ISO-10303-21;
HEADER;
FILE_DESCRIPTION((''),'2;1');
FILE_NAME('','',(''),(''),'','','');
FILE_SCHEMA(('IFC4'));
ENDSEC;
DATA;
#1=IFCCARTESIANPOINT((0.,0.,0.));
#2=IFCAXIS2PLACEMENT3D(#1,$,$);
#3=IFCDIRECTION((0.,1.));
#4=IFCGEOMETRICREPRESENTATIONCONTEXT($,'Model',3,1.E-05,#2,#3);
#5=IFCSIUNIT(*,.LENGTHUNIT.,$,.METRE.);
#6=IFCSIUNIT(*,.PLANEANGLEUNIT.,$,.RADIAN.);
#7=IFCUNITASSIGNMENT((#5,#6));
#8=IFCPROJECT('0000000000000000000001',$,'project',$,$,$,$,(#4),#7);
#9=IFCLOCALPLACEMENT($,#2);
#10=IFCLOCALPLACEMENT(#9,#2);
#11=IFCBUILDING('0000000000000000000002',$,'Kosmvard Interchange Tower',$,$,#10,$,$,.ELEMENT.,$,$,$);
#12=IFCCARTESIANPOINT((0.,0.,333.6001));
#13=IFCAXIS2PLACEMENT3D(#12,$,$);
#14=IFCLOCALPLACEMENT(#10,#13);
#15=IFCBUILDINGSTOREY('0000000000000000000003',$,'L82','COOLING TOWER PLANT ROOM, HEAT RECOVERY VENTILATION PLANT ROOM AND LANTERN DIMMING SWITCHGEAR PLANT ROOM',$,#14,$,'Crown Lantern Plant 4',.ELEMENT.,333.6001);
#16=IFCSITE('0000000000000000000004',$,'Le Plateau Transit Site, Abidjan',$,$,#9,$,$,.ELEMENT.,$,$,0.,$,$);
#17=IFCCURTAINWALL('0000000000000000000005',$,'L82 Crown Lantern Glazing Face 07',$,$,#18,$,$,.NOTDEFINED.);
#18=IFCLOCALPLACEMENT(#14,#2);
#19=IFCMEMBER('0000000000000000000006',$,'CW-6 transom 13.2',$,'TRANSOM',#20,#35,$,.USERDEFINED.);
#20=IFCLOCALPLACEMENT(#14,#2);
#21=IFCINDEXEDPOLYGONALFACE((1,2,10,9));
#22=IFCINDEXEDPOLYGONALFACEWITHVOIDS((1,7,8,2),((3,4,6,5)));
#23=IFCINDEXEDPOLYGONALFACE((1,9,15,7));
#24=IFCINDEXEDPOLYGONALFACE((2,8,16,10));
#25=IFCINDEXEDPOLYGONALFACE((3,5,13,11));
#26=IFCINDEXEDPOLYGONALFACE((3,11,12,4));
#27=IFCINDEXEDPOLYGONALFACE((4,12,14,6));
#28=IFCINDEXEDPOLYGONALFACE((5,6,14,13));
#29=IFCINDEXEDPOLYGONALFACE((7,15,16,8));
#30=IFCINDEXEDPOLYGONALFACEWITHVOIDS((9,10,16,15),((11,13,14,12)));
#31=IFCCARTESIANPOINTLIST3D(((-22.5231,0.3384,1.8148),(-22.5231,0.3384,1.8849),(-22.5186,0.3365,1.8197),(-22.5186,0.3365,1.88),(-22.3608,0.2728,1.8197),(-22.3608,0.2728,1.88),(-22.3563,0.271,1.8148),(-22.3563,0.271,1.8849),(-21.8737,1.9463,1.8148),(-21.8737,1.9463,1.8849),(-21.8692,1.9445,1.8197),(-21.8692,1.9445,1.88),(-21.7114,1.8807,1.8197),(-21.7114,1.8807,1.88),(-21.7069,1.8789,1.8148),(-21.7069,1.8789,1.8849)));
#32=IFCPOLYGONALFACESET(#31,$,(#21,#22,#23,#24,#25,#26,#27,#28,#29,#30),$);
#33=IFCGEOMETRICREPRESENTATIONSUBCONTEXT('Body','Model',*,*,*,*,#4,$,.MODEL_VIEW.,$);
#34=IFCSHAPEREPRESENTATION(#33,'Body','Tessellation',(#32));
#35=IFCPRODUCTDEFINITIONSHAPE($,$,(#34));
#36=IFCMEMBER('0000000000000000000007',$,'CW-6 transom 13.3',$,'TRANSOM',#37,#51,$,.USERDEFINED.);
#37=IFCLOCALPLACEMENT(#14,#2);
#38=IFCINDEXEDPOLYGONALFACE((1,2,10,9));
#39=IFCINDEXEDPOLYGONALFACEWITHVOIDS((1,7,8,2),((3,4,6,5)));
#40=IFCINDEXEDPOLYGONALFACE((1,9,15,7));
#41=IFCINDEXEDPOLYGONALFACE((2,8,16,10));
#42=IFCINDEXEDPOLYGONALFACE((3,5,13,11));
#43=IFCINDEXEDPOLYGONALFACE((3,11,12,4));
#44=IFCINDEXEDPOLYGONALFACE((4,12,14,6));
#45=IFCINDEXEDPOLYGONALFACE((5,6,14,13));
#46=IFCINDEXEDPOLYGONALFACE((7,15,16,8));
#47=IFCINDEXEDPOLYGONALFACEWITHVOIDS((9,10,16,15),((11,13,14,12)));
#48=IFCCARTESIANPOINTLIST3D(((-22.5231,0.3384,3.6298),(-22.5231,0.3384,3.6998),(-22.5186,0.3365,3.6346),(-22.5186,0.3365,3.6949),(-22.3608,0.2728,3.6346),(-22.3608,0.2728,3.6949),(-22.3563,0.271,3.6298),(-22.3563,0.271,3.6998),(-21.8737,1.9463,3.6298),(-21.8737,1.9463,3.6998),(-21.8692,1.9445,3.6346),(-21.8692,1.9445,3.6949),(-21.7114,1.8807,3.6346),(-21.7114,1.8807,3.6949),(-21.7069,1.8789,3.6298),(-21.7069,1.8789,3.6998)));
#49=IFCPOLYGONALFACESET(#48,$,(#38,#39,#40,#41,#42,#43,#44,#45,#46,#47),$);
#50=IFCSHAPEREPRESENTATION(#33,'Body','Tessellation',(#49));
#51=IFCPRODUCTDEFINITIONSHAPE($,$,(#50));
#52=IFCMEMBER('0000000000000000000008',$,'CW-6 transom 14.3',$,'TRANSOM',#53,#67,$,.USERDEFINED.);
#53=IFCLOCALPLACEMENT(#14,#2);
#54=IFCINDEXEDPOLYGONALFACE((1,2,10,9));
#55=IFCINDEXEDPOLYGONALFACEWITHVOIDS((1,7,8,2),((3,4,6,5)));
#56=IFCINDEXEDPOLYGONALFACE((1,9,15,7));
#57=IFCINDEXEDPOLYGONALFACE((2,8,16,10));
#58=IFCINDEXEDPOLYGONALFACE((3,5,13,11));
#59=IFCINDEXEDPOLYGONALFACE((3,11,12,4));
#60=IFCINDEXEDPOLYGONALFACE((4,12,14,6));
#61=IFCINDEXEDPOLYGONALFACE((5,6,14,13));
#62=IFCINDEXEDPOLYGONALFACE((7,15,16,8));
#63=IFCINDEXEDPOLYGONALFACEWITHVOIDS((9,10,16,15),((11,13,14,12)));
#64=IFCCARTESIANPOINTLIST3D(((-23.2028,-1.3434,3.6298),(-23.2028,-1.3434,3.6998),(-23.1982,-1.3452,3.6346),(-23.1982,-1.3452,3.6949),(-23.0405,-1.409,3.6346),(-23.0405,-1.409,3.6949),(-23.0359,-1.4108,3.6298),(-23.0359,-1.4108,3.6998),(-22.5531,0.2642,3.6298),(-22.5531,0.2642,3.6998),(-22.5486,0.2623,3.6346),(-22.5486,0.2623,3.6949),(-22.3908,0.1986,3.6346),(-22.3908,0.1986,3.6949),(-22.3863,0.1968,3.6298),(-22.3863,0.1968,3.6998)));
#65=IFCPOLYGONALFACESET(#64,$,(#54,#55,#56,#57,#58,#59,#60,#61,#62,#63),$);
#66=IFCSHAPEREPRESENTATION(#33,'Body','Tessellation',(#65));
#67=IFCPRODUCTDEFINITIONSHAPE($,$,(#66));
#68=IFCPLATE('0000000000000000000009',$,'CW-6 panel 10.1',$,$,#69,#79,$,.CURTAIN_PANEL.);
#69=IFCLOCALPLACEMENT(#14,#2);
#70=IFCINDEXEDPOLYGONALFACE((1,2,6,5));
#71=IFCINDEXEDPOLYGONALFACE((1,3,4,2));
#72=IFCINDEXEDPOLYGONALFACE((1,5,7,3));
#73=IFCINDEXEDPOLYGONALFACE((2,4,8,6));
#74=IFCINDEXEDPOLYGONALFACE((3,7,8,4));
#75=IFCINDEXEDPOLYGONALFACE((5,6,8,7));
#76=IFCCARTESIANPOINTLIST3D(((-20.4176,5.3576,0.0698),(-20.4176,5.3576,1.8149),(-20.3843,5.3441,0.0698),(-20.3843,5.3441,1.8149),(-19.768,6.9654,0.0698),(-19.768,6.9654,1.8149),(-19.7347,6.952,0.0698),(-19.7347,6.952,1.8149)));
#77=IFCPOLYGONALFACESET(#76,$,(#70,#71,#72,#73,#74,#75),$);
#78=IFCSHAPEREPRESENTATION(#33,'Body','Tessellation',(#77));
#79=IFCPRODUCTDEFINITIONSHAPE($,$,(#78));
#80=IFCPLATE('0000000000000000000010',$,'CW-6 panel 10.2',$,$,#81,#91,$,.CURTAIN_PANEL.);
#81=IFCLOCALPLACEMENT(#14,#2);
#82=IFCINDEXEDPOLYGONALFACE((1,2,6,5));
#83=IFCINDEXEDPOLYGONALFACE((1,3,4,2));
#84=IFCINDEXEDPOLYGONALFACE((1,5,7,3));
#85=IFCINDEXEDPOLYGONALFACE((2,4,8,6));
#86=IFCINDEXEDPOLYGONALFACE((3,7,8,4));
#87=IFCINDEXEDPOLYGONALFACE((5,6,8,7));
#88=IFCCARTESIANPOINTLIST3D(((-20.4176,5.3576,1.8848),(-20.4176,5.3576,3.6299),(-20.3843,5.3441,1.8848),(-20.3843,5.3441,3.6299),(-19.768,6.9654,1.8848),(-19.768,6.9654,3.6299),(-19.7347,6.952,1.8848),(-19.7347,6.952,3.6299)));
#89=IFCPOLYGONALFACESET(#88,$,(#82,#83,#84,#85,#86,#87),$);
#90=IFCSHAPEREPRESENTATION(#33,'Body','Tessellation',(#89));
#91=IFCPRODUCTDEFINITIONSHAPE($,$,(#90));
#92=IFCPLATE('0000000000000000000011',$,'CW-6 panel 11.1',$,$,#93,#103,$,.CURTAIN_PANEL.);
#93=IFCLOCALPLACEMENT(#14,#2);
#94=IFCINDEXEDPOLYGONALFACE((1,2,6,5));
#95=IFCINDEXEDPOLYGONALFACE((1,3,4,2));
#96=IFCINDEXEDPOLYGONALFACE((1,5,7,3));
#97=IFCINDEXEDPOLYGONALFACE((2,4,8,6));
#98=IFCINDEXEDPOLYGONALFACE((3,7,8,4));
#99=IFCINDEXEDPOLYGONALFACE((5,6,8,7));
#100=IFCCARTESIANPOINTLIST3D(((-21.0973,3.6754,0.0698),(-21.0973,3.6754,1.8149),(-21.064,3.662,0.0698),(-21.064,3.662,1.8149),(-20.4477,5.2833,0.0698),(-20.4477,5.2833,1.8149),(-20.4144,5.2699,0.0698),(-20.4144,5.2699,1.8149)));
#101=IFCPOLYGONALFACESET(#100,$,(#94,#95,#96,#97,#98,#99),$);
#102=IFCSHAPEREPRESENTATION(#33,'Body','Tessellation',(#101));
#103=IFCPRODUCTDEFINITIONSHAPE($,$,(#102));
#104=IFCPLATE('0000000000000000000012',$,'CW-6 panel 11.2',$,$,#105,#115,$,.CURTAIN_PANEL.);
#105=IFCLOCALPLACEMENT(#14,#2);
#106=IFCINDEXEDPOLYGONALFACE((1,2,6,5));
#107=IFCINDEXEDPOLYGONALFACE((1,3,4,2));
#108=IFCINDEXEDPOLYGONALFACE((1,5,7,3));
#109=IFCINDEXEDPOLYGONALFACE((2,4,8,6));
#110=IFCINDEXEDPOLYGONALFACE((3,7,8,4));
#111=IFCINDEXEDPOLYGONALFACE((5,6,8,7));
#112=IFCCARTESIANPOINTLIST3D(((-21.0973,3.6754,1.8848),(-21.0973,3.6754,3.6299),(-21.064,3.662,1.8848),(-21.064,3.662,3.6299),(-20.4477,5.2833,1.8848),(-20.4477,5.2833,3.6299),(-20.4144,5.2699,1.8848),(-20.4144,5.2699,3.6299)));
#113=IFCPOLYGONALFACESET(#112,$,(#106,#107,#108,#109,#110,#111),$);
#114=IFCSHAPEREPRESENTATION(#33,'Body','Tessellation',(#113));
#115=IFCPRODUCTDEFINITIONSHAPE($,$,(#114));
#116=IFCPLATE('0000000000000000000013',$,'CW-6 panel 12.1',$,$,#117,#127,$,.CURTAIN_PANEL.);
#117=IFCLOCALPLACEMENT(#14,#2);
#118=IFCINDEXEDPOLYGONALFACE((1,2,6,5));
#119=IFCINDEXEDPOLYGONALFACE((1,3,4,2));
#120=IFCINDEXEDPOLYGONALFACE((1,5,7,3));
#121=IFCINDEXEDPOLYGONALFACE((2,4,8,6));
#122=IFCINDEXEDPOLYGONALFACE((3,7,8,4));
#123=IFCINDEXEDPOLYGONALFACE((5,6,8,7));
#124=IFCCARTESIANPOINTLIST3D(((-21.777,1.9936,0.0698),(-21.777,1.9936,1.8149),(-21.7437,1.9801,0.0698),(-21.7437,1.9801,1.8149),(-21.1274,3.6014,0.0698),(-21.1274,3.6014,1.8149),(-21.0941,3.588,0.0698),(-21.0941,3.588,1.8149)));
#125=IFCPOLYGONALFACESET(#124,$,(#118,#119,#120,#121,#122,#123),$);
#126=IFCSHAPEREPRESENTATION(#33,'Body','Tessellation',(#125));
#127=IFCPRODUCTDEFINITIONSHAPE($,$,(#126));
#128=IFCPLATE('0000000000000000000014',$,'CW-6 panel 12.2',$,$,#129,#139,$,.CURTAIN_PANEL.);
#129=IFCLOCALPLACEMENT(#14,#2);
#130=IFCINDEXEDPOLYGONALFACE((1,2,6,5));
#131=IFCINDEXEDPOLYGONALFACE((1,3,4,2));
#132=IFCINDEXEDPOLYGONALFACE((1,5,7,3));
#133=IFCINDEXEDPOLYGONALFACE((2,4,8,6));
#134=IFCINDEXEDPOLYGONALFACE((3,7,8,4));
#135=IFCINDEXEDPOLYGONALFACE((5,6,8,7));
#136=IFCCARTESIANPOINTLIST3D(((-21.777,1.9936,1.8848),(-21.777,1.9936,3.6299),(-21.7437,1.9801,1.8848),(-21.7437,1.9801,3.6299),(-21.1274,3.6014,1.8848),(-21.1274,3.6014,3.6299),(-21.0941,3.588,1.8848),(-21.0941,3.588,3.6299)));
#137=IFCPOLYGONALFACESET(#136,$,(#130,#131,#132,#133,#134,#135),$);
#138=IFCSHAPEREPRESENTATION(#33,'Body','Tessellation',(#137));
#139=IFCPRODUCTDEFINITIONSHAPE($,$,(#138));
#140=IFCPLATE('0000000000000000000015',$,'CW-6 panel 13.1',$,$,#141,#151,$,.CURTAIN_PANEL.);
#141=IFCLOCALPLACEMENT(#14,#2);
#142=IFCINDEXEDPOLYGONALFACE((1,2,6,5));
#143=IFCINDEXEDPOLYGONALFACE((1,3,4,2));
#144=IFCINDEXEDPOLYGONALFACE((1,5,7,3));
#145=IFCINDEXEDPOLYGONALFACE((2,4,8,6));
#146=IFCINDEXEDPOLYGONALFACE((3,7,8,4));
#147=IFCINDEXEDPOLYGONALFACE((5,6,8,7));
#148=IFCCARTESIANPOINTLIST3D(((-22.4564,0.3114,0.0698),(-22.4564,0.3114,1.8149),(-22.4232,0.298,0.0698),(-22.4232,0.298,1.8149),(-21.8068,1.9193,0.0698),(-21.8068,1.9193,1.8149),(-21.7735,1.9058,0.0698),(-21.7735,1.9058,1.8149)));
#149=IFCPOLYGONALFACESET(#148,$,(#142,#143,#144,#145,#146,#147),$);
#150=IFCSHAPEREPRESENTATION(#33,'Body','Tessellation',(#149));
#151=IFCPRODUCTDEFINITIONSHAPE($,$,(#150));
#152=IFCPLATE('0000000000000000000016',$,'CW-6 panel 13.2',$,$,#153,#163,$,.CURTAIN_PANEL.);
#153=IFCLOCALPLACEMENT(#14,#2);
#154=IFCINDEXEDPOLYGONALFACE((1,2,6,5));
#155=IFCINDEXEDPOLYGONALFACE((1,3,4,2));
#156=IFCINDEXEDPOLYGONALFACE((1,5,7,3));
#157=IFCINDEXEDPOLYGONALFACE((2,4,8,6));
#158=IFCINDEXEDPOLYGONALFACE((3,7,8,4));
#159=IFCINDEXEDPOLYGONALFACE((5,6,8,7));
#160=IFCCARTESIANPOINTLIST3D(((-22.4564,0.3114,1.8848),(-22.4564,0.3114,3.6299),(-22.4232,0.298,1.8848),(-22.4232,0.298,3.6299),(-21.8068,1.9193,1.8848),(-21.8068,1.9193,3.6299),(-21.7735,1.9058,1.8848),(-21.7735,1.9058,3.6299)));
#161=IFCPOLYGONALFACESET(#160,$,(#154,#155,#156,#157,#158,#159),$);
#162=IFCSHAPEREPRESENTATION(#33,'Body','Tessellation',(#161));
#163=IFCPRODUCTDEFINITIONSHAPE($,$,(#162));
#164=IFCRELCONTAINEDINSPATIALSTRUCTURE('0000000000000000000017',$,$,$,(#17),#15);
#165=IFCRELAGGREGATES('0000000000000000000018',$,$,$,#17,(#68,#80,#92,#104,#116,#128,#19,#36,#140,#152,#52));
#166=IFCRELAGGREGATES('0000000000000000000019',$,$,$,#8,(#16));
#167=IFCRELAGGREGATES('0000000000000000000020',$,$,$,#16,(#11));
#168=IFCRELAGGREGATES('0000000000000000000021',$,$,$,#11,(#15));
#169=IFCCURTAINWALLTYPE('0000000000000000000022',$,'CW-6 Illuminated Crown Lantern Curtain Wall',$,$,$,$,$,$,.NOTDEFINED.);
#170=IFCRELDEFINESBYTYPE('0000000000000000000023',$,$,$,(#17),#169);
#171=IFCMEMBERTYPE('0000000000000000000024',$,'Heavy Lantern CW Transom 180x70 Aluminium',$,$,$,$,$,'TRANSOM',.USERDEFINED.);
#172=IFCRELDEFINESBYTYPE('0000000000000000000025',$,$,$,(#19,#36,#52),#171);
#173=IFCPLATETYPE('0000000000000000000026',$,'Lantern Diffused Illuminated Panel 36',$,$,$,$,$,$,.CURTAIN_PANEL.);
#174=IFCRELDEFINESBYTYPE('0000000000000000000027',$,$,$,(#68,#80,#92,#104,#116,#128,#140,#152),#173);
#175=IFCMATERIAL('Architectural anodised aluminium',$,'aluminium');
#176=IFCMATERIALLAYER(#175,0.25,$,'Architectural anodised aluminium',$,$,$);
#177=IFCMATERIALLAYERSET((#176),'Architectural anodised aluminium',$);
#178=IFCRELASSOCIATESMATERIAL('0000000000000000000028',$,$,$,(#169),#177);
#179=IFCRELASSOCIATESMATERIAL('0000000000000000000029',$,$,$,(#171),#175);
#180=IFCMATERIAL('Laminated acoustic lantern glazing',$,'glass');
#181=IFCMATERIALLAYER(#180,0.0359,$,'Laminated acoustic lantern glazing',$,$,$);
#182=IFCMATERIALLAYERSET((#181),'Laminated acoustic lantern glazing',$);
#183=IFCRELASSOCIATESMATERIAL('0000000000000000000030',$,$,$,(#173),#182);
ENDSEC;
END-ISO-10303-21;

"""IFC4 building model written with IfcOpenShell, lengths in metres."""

from ifc_helpers import new_model, si_unit, direction, frame, origin, origin_2d, place, context, subcontext, project, spatial, rectangle, hollow_rectangle, extrude, source, transform, mapped, material, layer, layer_set, material_profile, profile_set, type_object, element, aggregate, save


model = new_model("IFC4")

# Units and contexts
model_context = context("Model", 3, precision=1e-05, world=origin(), true_north=direction((0.0, 1.0)))
body_context = subcontext(model_context, "Body", "Model", "MODEL_VIEW")
ifc_project = project(units=[si_unit("LENGTHUNIT", "METRE"), si_unit("PLANEANGLEUNIT", "RADIAN")], contexts=[model_context])

# Site, building, storey
site_placement = place(None, origin())
site = spatial("IfcSite", under=ifc_project, at=site_placement, Name="Le Plateau Transit Site, Abidjan", CompositionType="ELEMENT", RefElevation=0.0)
building_placement = place(site_placement, origin())
building = spatial("IfcBuilding", under=site, at=building_placement, Name="Kosmvard Interchange Tower", CompositionType="ELEMENT")
storey_placement = place(building_placement, frame((0.0, 0.0, 333.6001)))
storey = spatial("IfcBuildingStorey", under=building, at=storey_placement, Name="L82", Description="COOLING TOWER PLANT ROOM, HEAT RECOVERY VENTILATION PLANT ROOM AND LANTERN DIMMING SWITCHGEAR PLANT ROOM", LongName="Crown Lantern Plant 4", CompositionType="ELEMENT", Elevation=333.6001)

# Curtain wall, members, plates
ifc_material_1 = material(Name="Architectural anodised aluminium", Category="aluminium")
ifc_layer_1 = layer(ifc_material_1, 0.25, Name="Architectural anodised aluminium")
ifc_layer_set_1 = layer_set([ifc_layer_1], Name="Architectural anodised aluminium")
curtain_wall_type = type_object("IfcCurtainWallType", Name="CW-6 Illuminated Crown Lantern Curtain Wall", PredefinedType="NOTDEFINED", material=ifc_layer_set_1)
curtain_wall_placement = place(storey_placement, origin())
curtain_wall = element("IfcCurtainWall", 1, at=curtain_wall_placement, inside=storey, type_object=curtain_wall_type, Name="L82 Crown Lantern Glazing Face 07", PredefinedType="NOTDEFINED")
ifc_material_profile_1 = material_profile(ifc_material_1, hollow_rectangle(XDim=0.1799, YDim=0.0701, WallThickness=0.0049, at=origin_2d()), Name="CWT 180x70x5")
ifc_profile_set_1 = profile_set([ifc_material_profile_1], Name="Architectural anodised aluminium")
member_type_1 = type_object("IfcMemberType", Name="Heavy Lantern CW Transom 180x70 Aluminium", ElementType="TRANSOM", PredefinedType="USERDEFINED", material=ifc_profile_set_1)
shared_shape_1 = source(origin(), body_context, "Body", "SweptSolid", [
    extrude(hollow_rectangle(XDim=0.1799, YDim=0.0701, WallThickness=0.0049, at=origin_2d()), origin(), (0.0, 0.0, 1.0), 1.7341),
])
member_1_placement = place(storey_placement, frame((-21.7903, 1.9126, 1.8499), z_axis=(-0.374496, -0.927229, 0.0), x_axis=(0.927229, -0.374496, 0.0)))
member_1 = element("IfcMember", 2, at=member_1_placement, type_object=member_type_1, Name="CW-6 transom 13.2", ObjectType="TRANSOM", PredefinedType="USERDEFINED", context=body_context, shape_type="MappedRepresentation", body=[
    mapped(shared_shape_1, transform((0.0, 0.0, 0.0), scale=1.0)),
])
member_2_placement = place(storey_placement, frame((-21.7903, 1.9126, 3.6648), z_axis=(-0.374496, -0.927229, 0.0), x_axis=(0.927229, -0.374496, 0.0)))
member_2 = element("IfcMember", 3, at=member_2_placement, type_object=member_type_1, Name="CW-6 transom 13.3", ObjectType="TRANSOM", PredefinedType="USERDEFINED", context=body_context, shape_type="MappedRepresentation", body=[
    mapped(shared_shape_1, transform((0.0, 0.0, 0.0), scale=1.0)),
])
shared_shape_2 = source(origin(), body_context, "Body", "SweptSolid", [
    extrude(hollow_rectangle(XDim=0.1799, YDim=0.0701, WallThickness=0.0049, at=origin_2d()), origin(), (0.0, 0.0, 1.0), 1.7339),
])
member_3_placement = place(storey_placement, frame((-22.4697, 0.2305, 3.6648), z_axis=(-0.374666, -0.92716, 0.0), x_axis=(0.92716, -0.374666, 0.0)))
member_3 = element("IfcMember", 4, at=member_3_placement, type_object=member_type_1, Name="CW-6 transom 14.3", ObjectType="TRANSOM", PredefinedType="USERDEFINED", context=body_context, shape_type="MappedRepresentation", body=[
    mapped(shared_shape_2, transform((0.0, 0.0, 0.0), scale=1.0)),
])
ifc_material_2 = material(Name="Laminated acoustic lantern glazing", Category="glass")
ifc_layer_2 = layer(ifc_material_2, 0.0359, Name="Laminated acoustic lantern glazing")
ifc_layer_set_2 = layer_set([ifc_layer_2], Name="Laminated acoustic lantern glazing")
plate_type = type_object("IfcPlateType", Name="Lantern Diffused Illuminated Panel 36", PredefinedType="CURTAIN_PANEL", material=ifc_layer_set_2)
shared_shape_3 = source(origin(), body_context, "Body", "SweptSolid", [
    extrude(rectangle(XDim=1.7341, YDim=0.0359, at=origin_2d()), origin(), (0.0, 0.0, 1.0), 1.7451),
])
plate_1_placement = place(storey_placement, frame((-20.0762, 6.1548, 0.0698), z_axis=(0.0, 0.0, 1.0), x_axis=(-0.374607, -0.927184, 0.0)))
plate_1 = element("IfcPlate", 5, at=plate_1_placement, type_object=plate_type, Name="CW-6 panel 10.1", PredefinedType="CURTAIN_PANEL", context=body_context, shape_type="MappedRepresentation", body=[
    mapped(shared_shape_3, transform((0.0, 0.0, 0.0), scale=1.0)),
])
plate_2_placement = place(storey_placement, frame((-20.0762, 6.1548, 1.8848), z_axis=(0.0, 0.0, 1.0), x_axis=(-0.374607, -0.927184, 0.0)))
plate_2 = element("IfcPlate", 6, at=plate_2_placement, type_object=plate_type, Name="CW-6 panel 10.2", PredefinedType="CURTAIN_PANEL", context=body_context, shape_type="MappedRepresentation", body=[
    mapped(shared_shape_3, transform((0.0, 0.0, 0.0), scale=1.0)),
])
plate_3_placement = place(storey_placement, frame((-20.7559, 4.4727, 0.0698), z_axis=(0.0, 0.0, 1.0), x_axis=(-0.374607, -0.927184, 0.0)))
plate_3 = element("IfcPlate", 7, at=plate_3_placement, type_object=plate_type, Name="CW-6 panel 11.1", PredefinedType="CURTAIN_PANEL", context=body_context, shape_type="MappedRepresentation", body=[
    mapped(shared_shape_3, transform((0.0, 0.0, 0.0), scale=1.0)),
])
plate_4_placement = place(storey_placement, frame((-20.7559, 4.4727, 1.8848), z_axis=(0.0, 0.0, 1.0), x_axis=(-0.374607, -0.927184, 0.0)))
plate_4 = element("IfcPlate", 8, at=plate_4_placement, type_object=plate_type, Name="CW-6 panel 11.2", PredefinedType="CURTAIN_PANEL", context=body_context, shape_type="MappedRepresentation", body=[
    mapped(shared_shape_3, transform((0.0, 0.0, 0.0), scale=1.0)),
])
plate_5_placement = place(storey_placement, frame((-21.4355, 2.7908, 0.0698), z_axis=(0.0, 0.0, 1.0), x_axis=(-0.374607, -0.927184, 0.0)))
plate_5 = element("IfcPlate", 9, at=plate_5_placement, type_object=plate_type, Name="CW-6 panel 12.1", PredefinedType="CURTAIN_PANEL", context=body_context, shape_type="MappedRepresentation", body=[
    mapped(shared_shape_3, transform((0.0, 0.0, 0.0), scale=1.0)),
])
plate_6_placement = place(storey_placement, frame((-21.4355, 2.7908, 1.8848), z_axis=(0.0, 0.0, 1.0), x_axis=(-0.374607, -0.927184, 0.0)))
plate_6 = element("IfcPlate", 10, at=plate_6_placement, type_object=plate_type, Name="CW-6 panel 12.2", PredefinedType="CURTAIN_PANEL", context=body_context, shape_type="MappedRepresentation", body=[
    mapped(shared_shape_3, transform((0.0, 0.0, 0.0), scale=1.0)),
])
plate_7_placement = place(storey_placement, frame((-22.115, 1.1086, 0.0698), z_axis=(0.0, 0.0, 1.0), x_axis=(-0.374607, -0.927184, 0.0)))
plate_7 = element("IfcPlate", 11, at=plate_7_placement, type_object=plate_type, Name="CW-6 panel 13.1", PredefinedType="CURTAIN_PANEL", context=body_context, shape_type="MappedRepresentation", body=[
    mapped(shared_shape_3, transform((0.0, 0.0, 0.0), scale=1.0)),
])
plate_8_placement = place(storey_placement, frame((-22.115, 1.1086, 1.8848), z_axis=(0.0, 0.0, 1.0), x_axis=(-0.374607, -0.927184, 0.0)))
plate_8 = element("IfcPlate", 12, at=plate_8_placement, type_object=plate_type, Name="CW-6 panel 13.2", PredefinedType="CURTAIN_PANEL", context=body_context, shape_type="MappedRepresentation", body=[
    mapped(shared_shape_3, transform((0.0, 0.0, 0.0), scale=1.0)),
])
aggregate(curtain_wall, [plate_1, plate_2, plate_3, plate_4, plate_5, plate_6, member_1, member_2, plate_7, plate_8, member_3])

save(model, "model.ifc")
